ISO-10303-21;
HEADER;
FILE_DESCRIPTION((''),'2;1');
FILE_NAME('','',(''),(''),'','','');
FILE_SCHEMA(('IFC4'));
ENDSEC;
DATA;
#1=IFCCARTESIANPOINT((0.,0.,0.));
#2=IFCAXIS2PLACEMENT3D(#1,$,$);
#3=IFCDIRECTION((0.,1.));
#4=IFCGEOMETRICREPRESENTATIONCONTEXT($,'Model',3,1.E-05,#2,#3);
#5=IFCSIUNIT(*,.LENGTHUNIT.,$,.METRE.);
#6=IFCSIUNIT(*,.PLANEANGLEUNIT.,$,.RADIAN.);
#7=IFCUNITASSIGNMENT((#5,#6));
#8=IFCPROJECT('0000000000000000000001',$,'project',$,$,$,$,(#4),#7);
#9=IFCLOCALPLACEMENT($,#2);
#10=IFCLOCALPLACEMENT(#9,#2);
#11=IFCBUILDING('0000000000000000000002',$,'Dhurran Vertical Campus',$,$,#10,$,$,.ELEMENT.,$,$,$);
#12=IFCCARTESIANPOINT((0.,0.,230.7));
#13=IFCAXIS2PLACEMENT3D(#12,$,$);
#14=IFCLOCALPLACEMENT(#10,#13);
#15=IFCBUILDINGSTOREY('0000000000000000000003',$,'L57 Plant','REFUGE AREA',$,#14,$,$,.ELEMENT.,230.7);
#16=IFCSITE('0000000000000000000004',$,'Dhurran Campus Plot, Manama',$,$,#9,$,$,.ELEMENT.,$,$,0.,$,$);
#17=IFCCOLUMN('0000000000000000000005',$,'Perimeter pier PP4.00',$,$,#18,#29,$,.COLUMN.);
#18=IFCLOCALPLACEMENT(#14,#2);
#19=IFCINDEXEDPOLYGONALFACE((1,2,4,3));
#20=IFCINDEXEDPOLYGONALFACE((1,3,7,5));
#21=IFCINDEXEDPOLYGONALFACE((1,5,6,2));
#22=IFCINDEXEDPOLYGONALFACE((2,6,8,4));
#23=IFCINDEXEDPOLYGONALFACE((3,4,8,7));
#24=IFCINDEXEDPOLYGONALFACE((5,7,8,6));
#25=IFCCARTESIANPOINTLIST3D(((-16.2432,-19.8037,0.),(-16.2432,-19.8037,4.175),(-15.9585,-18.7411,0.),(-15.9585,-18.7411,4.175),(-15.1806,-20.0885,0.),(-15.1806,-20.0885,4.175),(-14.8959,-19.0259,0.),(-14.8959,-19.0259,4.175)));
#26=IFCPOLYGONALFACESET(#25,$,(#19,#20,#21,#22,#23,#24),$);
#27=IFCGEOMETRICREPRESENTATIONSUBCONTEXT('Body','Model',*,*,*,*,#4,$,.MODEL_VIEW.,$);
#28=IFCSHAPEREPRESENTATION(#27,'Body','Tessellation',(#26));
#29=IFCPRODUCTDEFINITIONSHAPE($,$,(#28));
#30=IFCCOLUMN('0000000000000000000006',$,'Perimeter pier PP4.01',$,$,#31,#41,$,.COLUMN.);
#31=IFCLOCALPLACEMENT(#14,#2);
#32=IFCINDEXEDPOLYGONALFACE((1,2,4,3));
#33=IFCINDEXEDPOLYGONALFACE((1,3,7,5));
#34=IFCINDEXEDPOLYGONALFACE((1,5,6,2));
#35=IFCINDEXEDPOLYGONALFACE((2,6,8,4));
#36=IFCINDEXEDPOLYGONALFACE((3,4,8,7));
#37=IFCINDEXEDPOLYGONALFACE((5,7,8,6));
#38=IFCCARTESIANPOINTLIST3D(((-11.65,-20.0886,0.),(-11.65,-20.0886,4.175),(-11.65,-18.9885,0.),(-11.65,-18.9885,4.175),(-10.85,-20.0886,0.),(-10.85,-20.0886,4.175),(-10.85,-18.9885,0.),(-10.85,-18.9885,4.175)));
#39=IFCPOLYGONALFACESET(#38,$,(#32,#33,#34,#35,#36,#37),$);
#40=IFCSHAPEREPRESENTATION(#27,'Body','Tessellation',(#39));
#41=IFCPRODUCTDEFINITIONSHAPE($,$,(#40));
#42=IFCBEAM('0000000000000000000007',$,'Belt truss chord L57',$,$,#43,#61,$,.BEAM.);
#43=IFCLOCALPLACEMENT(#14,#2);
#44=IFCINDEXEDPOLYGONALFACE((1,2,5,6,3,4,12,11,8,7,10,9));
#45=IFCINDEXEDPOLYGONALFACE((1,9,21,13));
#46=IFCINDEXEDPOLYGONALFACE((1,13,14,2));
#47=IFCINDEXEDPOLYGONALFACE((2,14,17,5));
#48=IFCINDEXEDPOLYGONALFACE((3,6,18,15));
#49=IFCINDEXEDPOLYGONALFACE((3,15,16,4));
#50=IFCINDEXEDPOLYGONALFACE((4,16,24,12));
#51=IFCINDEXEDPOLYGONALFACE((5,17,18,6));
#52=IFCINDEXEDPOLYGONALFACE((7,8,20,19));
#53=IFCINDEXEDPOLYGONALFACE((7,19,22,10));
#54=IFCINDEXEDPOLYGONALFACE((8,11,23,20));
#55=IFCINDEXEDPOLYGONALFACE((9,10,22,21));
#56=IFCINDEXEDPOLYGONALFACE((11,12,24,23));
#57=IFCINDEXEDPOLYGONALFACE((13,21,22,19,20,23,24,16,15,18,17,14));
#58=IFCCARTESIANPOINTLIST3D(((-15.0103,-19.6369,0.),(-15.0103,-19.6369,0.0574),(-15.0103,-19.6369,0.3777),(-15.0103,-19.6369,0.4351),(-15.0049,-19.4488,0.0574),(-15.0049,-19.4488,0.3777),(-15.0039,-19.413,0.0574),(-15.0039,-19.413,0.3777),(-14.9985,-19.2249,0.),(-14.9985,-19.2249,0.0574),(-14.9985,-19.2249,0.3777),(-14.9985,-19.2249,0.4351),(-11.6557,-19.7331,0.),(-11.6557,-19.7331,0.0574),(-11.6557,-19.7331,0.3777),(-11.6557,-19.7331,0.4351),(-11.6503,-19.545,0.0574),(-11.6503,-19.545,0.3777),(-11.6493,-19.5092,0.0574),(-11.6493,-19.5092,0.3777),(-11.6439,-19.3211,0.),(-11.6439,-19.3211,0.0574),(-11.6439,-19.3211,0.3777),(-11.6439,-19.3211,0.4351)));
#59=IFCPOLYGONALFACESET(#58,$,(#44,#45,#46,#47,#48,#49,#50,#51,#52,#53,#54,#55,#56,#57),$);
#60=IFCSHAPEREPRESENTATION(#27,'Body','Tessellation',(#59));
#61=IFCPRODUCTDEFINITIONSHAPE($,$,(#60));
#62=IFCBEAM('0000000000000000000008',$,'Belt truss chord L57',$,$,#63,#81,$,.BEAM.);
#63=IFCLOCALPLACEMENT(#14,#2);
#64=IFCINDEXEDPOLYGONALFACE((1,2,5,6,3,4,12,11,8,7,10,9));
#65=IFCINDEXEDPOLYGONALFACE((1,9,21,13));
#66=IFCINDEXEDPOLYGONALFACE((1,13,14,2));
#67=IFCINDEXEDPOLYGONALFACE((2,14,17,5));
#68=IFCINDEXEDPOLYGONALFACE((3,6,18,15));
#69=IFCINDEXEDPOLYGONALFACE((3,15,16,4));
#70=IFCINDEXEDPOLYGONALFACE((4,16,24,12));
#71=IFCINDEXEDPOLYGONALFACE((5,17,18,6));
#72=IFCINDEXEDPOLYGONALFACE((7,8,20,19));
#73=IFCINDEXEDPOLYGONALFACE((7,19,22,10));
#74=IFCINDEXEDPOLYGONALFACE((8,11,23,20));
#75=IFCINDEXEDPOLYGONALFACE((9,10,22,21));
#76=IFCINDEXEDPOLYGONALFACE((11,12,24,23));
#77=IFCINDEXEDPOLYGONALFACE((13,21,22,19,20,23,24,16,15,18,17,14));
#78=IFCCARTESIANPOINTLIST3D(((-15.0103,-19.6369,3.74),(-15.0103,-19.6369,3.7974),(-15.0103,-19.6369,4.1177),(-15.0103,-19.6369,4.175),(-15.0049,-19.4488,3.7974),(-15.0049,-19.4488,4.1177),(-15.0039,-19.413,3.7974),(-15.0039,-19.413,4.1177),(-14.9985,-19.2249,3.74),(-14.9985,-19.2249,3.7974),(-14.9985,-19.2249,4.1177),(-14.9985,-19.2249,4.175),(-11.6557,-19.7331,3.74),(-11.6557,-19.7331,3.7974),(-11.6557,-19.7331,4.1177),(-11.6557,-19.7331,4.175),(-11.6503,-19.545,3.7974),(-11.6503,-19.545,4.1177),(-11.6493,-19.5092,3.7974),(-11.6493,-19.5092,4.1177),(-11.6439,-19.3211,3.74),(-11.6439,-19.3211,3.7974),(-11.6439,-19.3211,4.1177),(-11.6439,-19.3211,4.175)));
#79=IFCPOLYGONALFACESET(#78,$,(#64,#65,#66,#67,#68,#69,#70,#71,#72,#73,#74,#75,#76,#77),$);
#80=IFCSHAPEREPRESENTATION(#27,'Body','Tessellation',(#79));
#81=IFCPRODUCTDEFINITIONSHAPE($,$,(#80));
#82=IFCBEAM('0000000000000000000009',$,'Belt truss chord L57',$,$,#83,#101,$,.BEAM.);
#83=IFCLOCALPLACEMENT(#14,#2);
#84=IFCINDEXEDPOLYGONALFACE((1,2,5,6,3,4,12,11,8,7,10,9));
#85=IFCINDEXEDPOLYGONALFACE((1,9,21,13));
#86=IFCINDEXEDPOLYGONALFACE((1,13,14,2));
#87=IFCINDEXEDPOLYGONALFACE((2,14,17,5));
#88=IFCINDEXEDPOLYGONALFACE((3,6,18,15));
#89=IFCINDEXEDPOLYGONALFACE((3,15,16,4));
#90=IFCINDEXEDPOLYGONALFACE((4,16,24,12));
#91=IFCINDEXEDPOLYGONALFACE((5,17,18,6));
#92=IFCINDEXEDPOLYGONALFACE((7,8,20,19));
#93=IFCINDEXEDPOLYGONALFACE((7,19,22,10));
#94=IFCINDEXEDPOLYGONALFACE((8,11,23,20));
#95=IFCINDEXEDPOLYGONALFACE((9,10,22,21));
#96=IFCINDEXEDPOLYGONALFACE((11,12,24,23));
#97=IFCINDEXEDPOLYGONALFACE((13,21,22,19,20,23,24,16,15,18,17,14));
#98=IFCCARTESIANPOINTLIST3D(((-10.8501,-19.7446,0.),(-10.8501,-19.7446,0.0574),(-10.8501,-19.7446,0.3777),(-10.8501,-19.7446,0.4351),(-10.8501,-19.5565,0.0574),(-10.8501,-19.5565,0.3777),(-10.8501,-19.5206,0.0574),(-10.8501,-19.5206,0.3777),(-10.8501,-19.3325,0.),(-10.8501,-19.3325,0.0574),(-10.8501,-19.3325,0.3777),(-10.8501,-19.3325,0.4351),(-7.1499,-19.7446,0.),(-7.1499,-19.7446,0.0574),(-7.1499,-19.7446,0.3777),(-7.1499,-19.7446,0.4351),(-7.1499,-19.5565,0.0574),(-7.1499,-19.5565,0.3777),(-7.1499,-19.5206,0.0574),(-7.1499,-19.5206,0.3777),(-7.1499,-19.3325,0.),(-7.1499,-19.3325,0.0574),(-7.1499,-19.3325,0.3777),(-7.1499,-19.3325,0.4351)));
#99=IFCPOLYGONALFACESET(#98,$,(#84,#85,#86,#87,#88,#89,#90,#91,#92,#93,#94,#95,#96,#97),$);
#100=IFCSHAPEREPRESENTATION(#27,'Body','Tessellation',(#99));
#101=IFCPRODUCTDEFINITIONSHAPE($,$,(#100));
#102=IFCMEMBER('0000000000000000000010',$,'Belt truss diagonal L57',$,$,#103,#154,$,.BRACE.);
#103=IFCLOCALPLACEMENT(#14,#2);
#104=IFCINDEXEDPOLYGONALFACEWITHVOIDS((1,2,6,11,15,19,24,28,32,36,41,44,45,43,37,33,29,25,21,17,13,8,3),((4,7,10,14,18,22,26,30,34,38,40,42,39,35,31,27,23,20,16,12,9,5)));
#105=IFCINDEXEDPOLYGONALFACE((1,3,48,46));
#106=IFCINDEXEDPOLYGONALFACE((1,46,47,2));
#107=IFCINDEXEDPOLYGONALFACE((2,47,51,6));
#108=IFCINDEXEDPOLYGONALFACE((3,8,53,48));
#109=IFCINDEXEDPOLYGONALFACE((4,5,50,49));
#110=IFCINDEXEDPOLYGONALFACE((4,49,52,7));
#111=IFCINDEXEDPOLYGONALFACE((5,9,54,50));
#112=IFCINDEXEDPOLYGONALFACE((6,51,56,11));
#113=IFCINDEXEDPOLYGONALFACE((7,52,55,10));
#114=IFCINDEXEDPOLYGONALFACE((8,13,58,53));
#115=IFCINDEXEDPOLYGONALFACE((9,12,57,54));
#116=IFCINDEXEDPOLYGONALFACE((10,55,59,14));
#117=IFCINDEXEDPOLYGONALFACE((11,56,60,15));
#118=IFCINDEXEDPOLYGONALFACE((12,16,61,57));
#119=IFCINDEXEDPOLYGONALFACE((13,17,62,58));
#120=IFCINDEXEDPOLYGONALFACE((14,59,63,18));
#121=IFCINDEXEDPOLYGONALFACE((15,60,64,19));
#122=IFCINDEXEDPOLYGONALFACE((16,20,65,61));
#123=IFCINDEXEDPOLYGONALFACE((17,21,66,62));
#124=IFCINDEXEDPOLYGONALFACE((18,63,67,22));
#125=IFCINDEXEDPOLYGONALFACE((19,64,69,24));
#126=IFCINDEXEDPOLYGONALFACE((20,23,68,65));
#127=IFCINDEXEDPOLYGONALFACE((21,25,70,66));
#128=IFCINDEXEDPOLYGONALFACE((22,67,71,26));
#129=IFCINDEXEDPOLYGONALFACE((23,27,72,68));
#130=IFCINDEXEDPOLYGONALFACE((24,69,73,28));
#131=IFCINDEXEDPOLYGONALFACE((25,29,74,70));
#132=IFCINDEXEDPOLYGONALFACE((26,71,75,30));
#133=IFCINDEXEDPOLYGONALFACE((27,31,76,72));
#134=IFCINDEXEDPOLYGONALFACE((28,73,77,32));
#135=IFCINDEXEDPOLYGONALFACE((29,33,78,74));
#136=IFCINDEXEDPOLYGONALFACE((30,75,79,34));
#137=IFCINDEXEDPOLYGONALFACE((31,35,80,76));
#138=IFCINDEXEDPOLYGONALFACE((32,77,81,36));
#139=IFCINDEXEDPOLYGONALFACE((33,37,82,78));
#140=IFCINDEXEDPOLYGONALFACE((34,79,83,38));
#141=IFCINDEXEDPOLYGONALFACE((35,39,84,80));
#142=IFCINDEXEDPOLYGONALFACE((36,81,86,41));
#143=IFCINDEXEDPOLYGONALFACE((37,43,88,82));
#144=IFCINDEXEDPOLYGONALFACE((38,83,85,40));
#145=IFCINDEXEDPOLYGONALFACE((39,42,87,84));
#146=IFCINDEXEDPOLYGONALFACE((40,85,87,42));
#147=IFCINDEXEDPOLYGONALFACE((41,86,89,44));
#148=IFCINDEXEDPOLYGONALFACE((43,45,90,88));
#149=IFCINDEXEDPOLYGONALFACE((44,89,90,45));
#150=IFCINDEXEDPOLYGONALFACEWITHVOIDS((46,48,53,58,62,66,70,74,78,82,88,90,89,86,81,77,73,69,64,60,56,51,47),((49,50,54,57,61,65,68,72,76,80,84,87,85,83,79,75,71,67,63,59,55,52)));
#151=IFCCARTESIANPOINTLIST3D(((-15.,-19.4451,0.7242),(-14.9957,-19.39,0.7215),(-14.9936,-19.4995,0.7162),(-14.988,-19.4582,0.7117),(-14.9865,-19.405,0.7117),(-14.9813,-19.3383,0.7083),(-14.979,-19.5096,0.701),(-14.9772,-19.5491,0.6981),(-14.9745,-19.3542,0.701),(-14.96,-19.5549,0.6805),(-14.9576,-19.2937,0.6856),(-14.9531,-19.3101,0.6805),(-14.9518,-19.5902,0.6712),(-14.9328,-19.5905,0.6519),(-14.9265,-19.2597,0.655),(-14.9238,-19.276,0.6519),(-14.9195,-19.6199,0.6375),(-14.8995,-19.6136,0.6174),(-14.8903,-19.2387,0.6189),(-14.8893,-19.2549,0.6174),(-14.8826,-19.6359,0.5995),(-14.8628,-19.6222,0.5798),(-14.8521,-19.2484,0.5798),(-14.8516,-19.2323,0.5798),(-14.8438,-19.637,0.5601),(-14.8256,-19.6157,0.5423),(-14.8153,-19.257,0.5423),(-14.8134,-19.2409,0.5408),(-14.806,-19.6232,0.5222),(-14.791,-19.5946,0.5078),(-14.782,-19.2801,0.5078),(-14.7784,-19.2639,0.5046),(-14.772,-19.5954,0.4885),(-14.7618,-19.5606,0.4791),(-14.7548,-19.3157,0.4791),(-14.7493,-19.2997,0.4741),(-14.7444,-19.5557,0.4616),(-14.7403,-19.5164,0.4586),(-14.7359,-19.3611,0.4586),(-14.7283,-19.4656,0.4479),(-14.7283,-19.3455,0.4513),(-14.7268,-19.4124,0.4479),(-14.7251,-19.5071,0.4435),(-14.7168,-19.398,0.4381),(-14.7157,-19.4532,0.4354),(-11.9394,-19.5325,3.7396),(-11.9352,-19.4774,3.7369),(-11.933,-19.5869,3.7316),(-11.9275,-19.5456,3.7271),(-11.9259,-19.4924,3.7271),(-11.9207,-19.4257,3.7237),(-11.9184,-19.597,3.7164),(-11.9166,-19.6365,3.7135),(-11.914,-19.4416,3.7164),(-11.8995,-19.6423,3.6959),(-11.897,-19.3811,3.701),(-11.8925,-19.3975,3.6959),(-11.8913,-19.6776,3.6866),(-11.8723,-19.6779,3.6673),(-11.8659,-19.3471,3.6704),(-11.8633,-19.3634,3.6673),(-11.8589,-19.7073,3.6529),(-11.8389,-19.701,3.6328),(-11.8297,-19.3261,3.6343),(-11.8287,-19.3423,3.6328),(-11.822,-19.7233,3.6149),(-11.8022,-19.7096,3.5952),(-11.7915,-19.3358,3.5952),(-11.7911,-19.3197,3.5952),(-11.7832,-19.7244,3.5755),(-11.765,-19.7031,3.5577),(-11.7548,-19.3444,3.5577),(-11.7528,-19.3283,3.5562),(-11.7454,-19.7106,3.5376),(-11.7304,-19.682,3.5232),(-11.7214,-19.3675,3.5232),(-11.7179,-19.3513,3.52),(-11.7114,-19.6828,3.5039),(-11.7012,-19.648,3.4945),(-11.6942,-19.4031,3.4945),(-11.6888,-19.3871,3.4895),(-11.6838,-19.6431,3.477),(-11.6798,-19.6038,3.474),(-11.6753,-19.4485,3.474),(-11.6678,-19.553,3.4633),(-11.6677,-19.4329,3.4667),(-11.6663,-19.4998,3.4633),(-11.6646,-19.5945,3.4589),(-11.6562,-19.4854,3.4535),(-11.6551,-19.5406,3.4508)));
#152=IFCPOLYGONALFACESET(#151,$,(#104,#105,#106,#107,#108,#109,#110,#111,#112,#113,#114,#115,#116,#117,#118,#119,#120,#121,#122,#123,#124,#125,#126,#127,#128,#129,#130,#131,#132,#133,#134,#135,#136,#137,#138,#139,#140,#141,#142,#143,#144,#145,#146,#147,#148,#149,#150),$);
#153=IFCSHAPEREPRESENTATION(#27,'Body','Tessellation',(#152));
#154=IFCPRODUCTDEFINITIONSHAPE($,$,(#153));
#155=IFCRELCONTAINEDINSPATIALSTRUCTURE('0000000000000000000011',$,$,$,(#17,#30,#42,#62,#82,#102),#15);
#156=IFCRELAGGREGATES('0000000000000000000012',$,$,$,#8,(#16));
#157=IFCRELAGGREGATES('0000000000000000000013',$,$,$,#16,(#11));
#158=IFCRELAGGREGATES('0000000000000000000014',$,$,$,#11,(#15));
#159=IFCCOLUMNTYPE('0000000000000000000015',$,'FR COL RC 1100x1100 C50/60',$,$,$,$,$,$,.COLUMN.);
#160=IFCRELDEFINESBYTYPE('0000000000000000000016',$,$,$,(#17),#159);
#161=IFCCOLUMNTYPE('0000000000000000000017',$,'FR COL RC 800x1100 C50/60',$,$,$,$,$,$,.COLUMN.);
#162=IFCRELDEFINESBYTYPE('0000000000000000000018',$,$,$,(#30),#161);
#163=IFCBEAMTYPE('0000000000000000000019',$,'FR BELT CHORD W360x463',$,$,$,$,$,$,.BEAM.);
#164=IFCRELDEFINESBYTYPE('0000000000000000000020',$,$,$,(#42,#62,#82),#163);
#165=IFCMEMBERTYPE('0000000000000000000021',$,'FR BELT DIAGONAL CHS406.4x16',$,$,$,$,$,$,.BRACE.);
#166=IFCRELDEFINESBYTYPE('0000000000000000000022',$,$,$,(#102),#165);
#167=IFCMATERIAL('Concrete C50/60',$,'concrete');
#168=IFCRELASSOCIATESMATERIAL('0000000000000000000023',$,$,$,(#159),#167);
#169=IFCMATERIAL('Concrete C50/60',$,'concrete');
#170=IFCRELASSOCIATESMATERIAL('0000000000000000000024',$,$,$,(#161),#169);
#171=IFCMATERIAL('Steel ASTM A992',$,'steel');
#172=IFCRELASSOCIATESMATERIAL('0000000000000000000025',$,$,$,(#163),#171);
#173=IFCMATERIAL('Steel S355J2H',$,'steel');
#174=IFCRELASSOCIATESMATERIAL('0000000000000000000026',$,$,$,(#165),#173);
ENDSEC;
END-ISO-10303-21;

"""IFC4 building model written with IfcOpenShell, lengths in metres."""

from ifc_helpers import new_model, si_unit, direction, frame, origin, origin_2d, place, context, subcontext, project, spatial, rectangle, hollow_circle, i_section, extrude, material, material_profile, profile_set, type_object, element, save


model = new_model("IFC4")

# Units and contexts
model_context = context("Model", 3, precision=1e-05, world=origin(), true_north=direction((0.0, 1.0)))
body_context = subcontext(model_context, "Body", "Model", "MODEL_VIEW")
ifc_project = project(units=[si_unit("LENGTHUNIT", "METRE"), si_unit("PLANEANGLEUNIT", "RADIAN")], contexts=[model_context])

# Site, building, storey
site_placement = place(None, origin())
site = spatial("IfcSite", under=ifc_project, at=site_placement, Name="Dhurran Campus Plot, Manama", CompositionType="ELEMENT", RefElevation=0.0)
building_placement = place(site_placement, origin())
building = spatial("IfcBuilding", under=site, at=building_placement, Name="Dhurran Vertical Campus", CompositionType="ELEMENT")
storey_placement = place(building_placement, frame((0.0, 0.0, 230.7)))
storey = spatial("IfcBuildingStorey", under=building, at=storey_placement, Name="L57 Plant", Description="REFUGE AREA", CompositionType="ELEMENT", Elevation=230.7)

# Columns
ifc_material_1 = material(Name="Concrete C50/60", Category="concrete")
ifc_material_profile_1 = material_profile(ifc_material_1, rectangle(XDim=1.1001, YDim=1.1001, at=origin_2d()), Name="RC 1100x1100")
ifc_profile_set_1 = profile_set([ifc_material_profile_1], Name="Concrete C50/60")
column_type_1 = type_object("IfcColumnType", Name="FR COL RC 1100x1100 C50/60", PredefinedType="COLUMN", material=ifc_profile_set_1)
column_1_placement = place(storey_placement, frame((-15.5696, -19.4148, 0.0), z_axis=(0.0, 0.0, 1.0), x_axis=(0.965926, -0.258819, 0.0)))
element("IfcColumn", 1, at=column_1_placement, inside=storey, type_object=column_type_1, Name="Perimeter pier PP4.00", PredefinedType="COLUMN", context=body_context, shape_type="SweptSolid", body=[
    extrude(rectangle(XDim=1.1001, YDim=1.1001, at=origin_2d()), origin(), (0.0, 0.0, 1.0), 4.175),
])
ifc_material_2 = material(Name="Concrete C50/60", Category="concrete")
ifc_material_profile_2 = material_profile(ifc_material_2, rectangle(XDim=0.8, YDim=1.1001, at=origin_2d()), Name="RC 800x1100")
ifc_profile_set_2 = profile_set([ifc_material_profile_2], Name="Concrete C50/60")
column_type_2 = type_object("IfcColumnType", Name="FR COL RC 800x1100 C50/60", PredefinedType="COLUMN", material=ifc_profile_set_2)
column_2_placement = place(storey_placement, frame((-11.25, -19.5386, 0.0), z_axis=(0.0, 0.0, 1.0), x_axis=(1.0, 0.0, 0.0)))
element("IfcColumn", 2, at=column_2_placement, inside=storey, type_object=column_type_2, Name="Perimeter pier PP4.01", PredefinedType="COLUMN", context=body_context, shape_type="SweptSolid", body=[
    extrude(rectangle(XDim=0.8, YDim=1.1001, at=origin_2d()), origin(), (0.0, 0.0, 1.0), 4.175),
])

# Beams
ifc_material_3 = material(Name="Steel ASTM A992", Category="steel")
ifc_material_profile_3 = material_profile(ifc_material_3, i_section(OverallWidth=0.4121, OverallDepth=0.4351, WebThickness=0.0359, FlangeThickness=0.0574, at=origin_2d()), Name="W360x463")
ifc_profile_set_3 = profile_set([ifc_material_profile_3], Name="Steel ASTM A992")
beam_type = type_object("IfcBeamType", Name="FR BELT CHORD W360x463", PredefinedType="BEAM", material=ifc_profile_set_3)
for number, where, z_axis, x_axis, name in (
    (3, (-15.0044, -19.4309, 0.2175), (0.999589, -0.028664, 0.0), (0.028664, 0.999589, 0.0), "Belt truss chord L57"),
    (4, (-15.0044, -19.4309, 3.9575), (0.999589, -0.028664, 0.0), (0.028664, 0.999589, 0.0), "Belt truss chord L57"),
):
    element("IfcBeam", number, at=place(storey_placement, frame(where, z_axis=z_axis, x_axis=x_axis)), inside=storey, type_object=beam_type, Name=name, PredefinedType="BEAM", context=body_context, shape_type="SweptSolid", body=[
        extrude(i_section(OverallWidth=0.4121, OverallDepth=0.4351, WebThickness=0.0359, FlangeThickness=0.0574, at=origin_2d()), origin(), (0.0, 0.0, 1.0), 3.356),
    ])
beam_placement = place(storey_placement, frame((-10.8501, -19.5386, 0.2175), z_axis=(1.0, 0.0, 0.0), x_axis=(0.0, 1.0, 0.0)))
element("IfcBeam", 5, at=beam_placement, inside=storey, type_object=beam_type, Name="Belt truss chord L57", PredefinedType="BEAM", context=body_context, shape_type="SweptSolid", body=[
    extrude(i_section(OverallWidth=0.4121, OverallDepth=0.4351, WebThickness=0.0359, FlangeThickness=0.0574, at=origin_2d()), origin(), (0.0, 0.0, 1.0), 3.7002),
])

# Member
ifc_material_4 = material(Name="Steel S355J2H", Category="steel")
ifc_material_profile_4 = material_profile(ifc_material_4, hollow_circle(Radius=0.2031, WallThickness=0.0161, at=origin_2d()), Name="CHS406.4x16")
ifc_profile_set_4 = profile_set([ifc_material_profile_4], Name="Steel S355J2H")
member_type = type_object("IfcMemberType", Name="FR BELT DIAGONAL CHS406.4x16", PredefinedType="BRACE", material=ifc_profile_set_4)
member_1_placement = place(storey_placement, frame((-14.8574, -19.4353, 0.5798), z_axis=(0.712196, -0.020339, 0.701686), x_axis=(0.028546, 0.999592, 0.0)))
element("IfcMember", 6, at=member_1_placement, inside=storey, type_object=member_type, Name="Belt truss diagonal L57", PredefinedType="BRACE", context=body_context, shape_type="SweptSolid", body=[
    extrude(hollow_circle(Radius=0.2031, WallThickness=0.0161, at=origin_2d()), origin(), (0.0, 0.0, 1.0), 4.2974),
])

save(model, "model.ifc")
